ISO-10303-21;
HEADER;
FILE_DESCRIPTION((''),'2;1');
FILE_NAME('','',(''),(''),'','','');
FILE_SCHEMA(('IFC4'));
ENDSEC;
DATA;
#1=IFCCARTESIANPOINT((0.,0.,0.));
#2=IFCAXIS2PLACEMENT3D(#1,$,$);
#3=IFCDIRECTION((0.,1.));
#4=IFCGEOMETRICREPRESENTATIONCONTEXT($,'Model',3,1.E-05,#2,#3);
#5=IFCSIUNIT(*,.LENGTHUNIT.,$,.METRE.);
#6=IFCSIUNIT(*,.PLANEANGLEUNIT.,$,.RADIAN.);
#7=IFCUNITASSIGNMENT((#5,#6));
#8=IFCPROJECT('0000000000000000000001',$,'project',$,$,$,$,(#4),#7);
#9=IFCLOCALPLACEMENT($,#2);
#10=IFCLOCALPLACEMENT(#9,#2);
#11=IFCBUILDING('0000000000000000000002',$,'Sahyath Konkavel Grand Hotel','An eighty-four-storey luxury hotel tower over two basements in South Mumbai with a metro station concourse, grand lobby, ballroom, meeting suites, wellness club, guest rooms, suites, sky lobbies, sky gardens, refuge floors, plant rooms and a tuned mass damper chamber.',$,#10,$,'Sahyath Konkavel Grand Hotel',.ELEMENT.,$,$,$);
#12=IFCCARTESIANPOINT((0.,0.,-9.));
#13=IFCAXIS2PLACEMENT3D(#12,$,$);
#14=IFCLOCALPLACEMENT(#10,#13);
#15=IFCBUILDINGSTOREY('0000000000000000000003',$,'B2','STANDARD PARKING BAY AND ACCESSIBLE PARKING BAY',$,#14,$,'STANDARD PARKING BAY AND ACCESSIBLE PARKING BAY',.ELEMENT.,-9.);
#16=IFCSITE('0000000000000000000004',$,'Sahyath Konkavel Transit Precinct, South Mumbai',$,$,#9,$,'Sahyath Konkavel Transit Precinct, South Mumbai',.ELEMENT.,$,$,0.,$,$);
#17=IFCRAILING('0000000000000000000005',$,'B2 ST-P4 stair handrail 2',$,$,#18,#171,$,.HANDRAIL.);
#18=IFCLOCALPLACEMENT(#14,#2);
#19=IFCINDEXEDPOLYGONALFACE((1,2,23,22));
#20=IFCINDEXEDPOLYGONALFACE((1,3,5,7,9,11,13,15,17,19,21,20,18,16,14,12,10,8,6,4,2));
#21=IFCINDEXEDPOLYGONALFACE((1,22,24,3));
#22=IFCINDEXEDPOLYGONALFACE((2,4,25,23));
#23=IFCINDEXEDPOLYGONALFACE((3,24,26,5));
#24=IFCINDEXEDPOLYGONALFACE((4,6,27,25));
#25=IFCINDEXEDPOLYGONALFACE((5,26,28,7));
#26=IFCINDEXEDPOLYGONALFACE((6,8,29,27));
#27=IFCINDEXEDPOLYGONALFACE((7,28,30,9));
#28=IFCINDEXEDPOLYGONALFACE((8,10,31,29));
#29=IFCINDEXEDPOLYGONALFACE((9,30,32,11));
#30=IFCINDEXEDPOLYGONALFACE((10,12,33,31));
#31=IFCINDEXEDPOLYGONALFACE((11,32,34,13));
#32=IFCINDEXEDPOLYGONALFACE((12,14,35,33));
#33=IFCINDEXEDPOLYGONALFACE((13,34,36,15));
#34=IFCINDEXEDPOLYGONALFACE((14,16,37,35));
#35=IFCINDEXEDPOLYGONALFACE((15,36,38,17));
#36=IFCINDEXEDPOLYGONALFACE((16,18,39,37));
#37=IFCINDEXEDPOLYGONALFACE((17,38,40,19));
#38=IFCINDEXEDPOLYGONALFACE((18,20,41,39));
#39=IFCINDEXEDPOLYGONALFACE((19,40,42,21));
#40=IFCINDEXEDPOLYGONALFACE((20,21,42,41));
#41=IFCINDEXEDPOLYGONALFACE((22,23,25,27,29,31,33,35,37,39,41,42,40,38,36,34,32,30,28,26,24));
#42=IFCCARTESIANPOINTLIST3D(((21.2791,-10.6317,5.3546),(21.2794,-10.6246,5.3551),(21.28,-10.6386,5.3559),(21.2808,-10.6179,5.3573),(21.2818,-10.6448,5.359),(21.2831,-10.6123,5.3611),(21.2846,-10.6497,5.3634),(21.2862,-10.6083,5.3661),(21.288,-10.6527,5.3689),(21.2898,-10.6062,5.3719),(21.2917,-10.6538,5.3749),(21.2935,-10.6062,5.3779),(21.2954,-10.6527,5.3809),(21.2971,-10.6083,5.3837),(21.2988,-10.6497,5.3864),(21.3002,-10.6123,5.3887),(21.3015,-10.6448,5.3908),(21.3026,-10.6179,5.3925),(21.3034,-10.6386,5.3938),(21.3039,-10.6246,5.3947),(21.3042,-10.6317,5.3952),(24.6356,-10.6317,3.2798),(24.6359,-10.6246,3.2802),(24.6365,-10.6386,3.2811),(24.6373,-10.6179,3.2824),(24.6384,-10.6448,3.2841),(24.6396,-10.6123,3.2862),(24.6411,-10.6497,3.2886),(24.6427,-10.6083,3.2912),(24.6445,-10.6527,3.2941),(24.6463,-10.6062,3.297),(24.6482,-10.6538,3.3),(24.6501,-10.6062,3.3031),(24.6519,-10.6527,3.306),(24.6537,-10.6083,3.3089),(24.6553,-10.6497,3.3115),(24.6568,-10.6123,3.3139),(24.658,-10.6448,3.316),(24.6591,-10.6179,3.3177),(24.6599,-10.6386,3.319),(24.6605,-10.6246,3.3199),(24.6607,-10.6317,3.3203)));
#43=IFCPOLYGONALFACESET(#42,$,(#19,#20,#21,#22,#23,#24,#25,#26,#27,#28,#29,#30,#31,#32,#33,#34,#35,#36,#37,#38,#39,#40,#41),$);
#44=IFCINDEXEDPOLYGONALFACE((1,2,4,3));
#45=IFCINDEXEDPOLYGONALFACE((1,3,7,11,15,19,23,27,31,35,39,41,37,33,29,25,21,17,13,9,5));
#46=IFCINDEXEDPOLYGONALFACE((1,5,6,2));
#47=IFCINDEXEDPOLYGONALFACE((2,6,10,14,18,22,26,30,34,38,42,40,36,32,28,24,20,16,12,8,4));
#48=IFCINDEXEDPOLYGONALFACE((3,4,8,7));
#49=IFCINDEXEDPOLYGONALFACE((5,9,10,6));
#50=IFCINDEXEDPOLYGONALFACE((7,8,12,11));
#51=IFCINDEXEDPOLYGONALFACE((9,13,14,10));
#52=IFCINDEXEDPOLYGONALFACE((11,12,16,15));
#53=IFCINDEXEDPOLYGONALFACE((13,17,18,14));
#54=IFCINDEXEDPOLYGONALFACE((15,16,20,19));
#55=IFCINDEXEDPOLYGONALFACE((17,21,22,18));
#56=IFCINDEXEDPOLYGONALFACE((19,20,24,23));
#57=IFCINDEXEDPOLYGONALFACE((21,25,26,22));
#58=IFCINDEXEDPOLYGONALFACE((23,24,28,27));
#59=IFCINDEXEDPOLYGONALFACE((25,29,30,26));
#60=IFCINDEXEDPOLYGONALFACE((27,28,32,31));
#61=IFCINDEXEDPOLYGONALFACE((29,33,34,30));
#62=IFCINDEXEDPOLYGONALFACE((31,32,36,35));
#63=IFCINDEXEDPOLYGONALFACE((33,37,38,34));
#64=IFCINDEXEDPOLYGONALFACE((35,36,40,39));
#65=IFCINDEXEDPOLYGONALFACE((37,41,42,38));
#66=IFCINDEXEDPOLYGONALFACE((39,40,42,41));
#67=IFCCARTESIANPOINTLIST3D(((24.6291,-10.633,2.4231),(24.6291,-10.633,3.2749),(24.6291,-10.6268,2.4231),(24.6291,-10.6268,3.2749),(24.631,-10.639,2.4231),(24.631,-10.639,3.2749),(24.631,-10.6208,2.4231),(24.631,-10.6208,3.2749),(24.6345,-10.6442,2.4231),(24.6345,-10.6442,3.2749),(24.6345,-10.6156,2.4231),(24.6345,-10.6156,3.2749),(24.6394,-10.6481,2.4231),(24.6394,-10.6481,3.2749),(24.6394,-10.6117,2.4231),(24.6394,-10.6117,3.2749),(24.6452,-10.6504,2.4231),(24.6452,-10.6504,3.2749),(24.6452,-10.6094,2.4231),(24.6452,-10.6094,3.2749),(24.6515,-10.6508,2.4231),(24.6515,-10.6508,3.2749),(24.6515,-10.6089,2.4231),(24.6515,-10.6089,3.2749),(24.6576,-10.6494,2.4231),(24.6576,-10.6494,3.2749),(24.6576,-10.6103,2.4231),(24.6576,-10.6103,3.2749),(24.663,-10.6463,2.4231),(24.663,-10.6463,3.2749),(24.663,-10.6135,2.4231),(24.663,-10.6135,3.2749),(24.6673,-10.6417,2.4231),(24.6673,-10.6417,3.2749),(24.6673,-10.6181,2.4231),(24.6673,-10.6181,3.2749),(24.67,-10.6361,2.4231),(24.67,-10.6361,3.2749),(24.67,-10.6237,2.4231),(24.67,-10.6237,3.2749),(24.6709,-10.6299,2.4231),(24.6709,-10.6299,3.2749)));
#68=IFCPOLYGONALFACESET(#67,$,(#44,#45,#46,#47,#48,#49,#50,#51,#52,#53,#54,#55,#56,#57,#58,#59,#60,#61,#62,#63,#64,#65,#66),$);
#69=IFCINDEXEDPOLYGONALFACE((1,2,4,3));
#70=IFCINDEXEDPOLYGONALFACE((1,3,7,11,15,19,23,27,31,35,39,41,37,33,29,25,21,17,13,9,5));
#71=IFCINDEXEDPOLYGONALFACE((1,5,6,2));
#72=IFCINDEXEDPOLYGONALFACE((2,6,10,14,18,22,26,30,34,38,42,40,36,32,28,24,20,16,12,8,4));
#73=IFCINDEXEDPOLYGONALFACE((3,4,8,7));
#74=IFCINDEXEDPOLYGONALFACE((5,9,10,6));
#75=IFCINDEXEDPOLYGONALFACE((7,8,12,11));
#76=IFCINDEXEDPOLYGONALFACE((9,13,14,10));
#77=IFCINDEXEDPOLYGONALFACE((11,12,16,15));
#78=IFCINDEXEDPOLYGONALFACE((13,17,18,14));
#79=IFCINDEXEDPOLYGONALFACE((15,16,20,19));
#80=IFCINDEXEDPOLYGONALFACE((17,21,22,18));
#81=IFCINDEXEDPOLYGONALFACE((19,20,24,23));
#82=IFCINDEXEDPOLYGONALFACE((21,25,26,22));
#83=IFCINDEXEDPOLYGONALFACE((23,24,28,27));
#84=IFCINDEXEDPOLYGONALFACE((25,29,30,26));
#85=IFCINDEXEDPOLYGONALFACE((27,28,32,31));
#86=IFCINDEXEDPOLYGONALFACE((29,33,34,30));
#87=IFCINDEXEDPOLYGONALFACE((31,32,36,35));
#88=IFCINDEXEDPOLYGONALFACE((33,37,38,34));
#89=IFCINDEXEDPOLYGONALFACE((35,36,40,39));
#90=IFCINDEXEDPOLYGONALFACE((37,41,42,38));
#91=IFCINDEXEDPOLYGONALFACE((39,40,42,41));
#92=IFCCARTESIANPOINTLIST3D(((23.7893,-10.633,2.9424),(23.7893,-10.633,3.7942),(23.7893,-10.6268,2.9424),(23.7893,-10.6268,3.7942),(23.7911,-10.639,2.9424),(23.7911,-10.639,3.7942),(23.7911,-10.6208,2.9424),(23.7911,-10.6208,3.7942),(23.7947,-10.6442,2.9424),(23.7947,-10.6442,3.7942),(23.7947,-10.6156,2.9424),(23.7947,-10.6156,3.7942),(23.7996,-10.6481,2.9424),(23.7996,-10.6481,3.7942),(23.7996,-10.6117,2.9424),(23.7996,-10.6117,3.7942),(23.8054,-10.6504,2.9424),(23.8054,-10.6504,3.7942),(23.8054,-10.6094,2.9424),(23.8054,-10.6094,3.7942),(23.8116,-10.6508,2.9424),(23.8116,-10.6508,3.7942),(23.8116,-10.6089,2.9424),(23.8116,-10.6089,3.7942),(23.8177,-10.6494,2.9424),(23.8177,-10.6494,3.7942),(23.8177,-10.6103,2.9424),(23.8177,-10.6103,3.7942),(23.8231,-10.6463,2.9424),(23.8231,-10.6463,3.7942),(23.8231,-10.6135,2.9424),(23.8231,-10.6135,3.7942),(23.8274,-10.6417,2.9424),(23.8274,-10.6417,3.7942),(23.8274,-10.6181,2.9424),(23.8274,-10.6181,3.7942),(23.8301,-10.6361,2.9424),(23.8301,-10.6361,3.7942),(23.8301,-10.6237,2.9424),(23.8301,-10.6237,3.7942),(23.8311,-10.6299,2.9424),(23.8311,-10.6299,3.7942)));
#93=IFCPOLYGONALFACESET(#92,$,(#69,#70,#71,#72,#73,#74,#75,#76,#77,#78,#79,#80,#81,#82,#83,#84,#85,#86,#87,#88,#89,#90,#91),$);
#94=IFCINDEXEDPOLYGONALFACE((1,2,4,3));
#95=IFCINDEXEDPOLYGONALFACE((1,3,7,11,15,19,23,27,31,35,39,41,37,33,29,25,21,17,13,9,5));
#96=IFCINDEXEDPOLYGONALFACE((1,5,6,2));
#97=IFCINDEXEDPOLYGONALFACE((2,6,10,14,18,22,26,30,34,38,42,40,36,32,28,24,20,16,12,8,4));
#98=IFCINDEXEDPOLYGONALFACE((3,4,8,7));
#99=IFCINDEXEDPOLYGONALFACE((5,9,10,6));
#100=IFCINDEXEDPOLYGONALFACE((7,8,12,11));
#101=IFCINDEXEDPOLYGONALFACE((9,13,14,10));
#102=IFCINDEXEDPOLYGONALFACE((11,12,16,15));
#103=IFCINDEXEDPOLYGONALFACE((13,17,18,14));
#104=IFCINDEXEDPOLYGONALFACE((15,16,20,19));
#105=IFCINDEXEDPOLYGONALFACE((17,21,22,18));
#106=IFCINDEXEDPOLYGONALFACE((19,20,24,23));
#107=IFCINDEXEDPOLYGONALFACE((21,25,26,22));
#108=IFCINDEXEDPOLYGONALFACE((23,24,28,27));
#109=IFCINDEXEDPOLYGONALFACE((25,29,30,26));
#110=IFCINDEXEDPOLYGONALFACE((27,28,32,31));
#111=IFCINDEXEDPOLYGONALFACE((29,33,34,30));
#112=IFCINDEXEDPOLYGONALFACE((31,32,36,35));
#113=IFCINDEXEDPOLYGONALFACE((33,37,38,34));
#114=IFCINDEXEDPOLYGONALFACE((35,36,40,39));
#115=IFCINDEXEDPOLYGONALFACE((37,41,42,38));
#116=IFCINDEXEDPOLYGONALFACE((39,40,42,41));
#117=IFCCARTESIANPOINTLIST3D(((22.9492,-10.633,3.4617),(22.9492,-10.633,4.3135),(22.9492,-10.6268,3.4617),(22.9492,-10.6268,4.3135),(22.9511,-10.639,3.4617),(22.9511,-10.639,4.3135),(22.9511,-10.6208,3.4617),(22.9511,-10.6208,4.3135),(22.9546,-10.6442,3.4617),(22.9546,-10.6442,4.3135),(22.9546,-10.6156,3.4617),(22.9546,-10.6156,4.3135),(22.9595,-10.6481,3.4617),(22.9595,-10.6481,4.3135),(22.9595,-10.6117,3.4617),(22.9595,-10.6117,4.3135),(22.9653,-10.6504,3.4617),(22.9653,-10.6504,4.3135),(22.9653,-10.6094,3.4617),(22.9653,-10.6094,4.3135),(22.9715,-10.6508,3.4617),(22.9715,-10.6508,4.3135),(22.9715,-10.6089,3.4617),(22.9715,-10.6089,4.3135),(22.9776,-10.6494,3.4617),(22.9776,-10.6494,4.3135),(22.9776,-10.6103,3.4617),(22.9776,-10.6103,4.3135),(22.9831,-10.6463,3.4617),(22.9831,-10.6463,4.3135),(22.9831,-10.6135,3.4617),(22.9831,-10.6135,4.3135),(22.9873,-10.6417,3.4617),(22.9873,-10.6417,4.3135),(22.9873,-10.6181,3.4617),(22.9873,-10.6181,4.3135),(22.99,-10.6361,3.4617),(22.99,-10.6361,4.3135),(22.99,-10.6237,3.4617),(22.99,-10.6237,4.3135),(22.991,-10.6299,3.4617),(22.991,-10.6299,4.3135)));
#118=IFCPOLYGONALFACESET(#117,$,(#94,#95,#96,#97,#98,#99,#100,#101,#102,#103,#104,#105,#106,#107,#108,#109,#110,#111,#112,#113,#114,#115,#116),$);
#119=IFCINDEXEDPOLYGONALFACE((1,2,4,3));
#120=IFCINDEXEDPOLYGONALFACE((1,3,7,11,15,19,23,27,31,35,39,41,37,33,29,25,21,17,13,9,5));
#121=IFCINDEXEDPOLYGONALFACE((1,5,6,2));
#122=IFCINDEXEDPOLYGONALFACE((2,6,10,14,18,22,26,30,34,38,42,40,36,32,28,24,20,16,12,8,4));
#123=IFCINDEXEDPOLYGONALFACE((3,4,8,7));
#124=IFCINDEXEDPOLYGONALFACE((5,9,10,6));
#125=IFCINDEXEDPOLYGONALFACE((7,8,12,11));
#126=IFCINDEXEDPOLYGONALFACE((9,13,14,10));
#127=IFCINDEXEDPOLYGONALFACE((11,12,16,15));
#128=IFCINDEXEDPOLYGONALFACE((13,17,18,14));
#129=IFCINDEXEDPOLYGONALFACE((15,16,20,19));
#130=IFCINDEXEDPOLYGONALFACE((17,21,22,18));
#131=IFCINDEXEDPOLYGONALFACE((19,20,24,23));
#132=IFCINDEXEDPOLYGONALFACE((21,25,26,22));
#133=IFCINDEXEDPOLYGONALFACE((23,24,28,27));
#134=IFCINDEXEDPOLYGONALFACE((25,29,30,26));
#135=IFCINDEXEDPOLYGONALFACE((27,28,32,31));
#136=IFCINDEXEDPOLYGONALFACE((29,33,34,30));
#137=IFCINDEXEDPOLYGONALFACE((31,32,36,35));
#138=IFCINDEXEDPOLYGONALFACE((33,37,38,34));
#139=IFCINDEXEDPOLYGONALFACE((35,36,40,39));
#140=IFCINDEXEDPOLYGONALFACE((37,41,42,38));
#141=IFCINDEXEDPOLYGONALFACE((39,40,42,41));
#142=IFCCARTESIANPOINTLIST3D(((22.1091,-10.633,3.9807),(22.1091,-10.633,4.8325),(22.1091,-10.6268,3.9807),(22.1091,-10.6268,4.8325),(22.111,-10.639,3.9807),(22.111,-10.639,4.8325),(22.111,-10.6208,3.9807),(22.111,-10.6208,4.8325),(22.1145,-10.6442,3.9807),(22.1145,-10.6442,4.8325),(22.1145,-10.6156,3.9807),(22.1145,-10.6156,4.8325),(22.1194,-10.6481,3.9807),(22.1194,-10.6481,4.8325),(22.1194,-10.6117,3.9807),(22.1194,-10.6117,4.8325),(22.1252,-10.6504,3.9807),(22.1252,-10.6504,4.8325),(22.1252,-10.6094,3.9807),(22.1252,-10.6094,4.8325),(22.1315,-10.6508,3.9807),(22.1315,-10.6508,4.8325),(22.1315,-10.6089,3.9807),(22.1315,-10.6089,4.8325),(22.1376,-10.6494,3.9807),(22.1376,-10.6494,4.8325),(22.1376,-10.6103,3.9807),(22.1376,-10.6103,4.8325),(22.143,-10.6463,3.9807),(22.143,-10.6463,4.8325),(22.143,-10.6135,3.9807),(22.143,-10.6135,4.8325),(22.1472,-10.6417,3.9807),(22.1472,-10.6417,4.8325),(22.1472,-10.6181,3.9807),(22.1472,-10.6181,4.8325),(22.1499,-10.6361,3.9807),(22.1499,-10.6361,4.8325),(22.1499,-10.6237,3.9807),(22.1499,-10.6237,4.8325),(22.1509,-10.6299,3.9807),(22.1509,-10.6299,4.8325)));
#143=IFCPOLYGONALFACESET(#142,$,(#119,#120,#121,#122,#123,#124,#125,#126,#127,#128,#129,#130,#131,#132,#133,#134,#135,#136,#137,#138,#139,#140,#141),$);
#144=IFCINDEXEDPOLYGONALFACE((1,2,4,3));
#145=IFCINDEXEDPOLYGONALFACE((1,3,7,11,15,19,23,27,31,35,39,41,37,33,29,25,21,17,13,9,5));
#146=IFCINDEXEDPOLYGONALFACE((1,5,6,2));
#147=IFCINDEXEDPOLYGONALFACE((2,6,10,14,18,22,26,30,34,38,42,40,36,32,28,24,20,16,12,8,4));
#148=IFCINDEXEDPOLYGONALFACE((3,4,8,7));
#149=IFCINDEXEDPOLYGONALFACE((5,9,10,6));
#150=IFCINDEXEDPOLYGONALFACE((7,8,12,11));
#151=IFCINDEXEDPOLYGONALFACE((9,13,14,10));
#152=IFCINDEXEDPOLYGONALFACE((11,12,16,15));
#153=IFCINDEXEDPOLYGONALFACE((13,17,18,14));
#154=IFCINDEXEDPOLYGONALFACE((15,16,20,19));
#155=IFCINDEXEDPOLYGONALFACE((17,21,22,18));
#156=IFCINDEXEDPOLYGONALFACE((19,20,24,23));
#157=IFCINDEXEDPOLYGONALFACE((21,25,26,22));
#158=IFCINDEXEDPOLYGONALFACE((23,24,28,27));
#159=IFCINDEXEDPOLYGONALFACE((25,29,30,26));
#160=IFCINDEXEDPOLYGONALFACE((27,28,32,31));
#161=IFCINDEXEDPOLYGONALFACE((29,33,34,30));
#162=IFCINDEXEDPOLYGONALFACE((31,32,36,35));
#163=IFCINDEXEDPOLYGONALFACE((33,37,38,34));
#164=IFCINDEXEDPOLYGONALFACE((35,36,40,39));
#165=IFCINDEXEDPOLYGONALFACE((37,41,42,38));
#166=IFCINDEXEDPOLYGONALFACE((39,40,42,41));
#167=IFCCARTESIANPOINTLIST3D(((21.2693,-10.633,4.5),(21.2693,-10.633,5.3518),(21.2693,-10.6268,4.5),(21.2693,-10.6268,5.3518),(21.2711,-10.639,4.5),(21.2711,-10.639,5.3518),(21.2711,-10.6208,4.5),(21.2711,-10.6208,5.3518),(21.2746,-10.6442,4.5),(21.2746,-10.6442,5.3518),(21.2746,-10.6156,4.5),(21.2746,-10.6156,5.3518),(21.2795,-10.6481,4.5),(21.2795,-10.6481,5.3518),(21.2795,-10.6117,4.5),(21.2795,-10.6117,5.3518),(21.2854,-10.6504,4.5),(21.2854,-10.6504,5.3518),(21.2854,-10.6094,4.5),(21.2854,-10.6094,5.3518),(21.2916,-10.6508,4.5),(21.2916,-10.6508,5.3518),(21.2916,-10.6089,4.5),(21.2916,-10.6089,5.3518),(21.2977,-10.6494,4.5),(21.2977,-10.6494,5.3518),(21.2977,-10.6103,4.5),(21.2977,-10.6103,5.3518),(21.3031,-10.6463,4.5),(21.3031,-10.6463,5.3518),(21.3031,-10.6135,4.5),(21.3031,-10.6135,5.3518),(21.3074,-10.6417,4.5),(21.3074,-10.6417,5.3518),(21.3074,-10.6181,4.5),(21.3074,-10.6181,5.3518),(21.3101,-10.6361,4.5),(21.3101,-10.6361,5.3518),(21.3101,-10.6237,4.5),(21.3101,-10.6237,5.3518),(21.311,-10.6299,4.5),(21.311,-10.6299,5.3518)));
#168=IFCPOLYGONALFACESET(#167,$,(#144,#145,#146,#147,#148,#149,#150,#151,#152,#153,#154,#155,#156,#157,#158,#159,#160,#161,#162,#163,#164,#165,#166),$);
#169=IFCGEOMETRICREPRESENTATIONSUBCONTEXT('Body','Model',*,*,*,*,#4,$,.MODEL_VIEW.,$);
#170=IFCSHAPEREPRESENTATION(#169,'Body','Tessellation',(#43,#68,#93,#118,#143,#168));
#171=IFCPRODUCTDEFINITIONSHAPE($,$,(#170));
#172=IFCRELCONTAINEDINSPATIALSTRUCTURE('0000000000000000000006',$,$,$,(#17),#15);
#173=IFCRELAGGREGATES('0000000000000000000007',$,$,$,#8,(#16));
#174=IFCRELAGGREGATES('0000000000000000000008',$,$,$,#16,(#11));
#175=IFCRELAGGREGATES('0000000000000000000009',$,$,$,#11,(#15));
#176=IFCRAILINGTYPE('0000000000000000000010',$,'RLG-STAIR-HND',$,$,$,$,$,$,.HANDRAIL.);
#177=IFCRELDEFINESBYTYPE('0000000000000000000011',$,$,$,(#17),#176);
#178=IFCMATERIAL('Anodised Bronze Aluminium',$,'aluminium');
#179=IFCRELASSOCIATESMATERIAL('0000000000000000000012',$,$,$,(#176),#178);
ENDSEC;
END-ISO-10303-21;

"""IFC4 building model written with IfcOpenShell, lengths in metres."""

from ifc_helpers import new_model, si_unit, direction, frame, origin, origin_2d, place, context, subcontext, project, spatial, circle, extrude, material, type_object, element, save


model = new_model("IFC4")

# Units and contexts
model_context = context("Model", 3, precision=1e-05, world=origin(), true_north=direction((0.0, 1.0)))
body_context = subcontext(model_context, "Body", "Model", "MODEL_VIEW")
ifc_project = project(units=[si_unit("LENGTHUNIT", "METRE"), si_unit("PLANEANGLEUNIT", "RADIAN")], contexts=[model_context])

# Site, building, storey
site_placement = place(None, origin())
site = spatial("IfcSite", under=ifc_project, at=site_placement, Name="Sahyath Konkavel Transit Precinct, South Mumbai", LongName="Sahyath Konkavel Transit Precinct, South Mumbai", CompositionType="ELEMENT", RefElevation=0.0)
building_placement = place(site_placement, origin())
building = spatial("IfcBuilding", under=site, at=building_placement, Name="Sahyath Konkavel Grand Hotel", Description="An eighty-four-storey luxury hotel tower over two basements in South Mumbai with a metro station concourse, grand lobby, ballroom, meeting suites, wellness club, guest rooms, suites, sky lobbies, sky gardens, refuge floors, plant rooms and a tuned mass damper chamber.", LongName="Sahyath Konkavel Grand Hotel", CompositionType="ELEMENT")
storey_placement = place(building_placement, frame((0.0, 0.0, -9.0)))
storey = spatial("IfcBuildingStorey", under=building, at=storey_placement, Name="B2", Description="STANDARD PARKING BAY AND ACCESSIBLE PARKING BAY", LongName="STANDARD PARKING BAY AND ACCESSIBLE PARKING BAY", CompositionType="ELEMENT", Elevation=-9.0)

# Railing
ifc_material_1 = material(Name="Anodised Bronze Aluminium", Category="aluminium")
railing_type_1 = type_object("IfcRailingType", Name="RLG-STAIR-HND", PredefinedType="HANDRAIL", material=ifc_material_1)
railing_1_placement = place(storey_placement, frame((24.6499, -10.6299, 2.4231)))
element("IfcRailing", 1, at=railing_1_placement, inside=storey, type_object=railing_type_1, Name="B2 ST-P4 stair handrail 2", PredefinedType="HANDRAIL", context=body_context, shape_type="SweptSolid", body=[
    extrude(circle(Radius=0.0239, at=origin_2d()), frame((-0.0017, 0.0, 0.877), z_axis=(-0.850606, 0.0, 0.525803), x_axis=(0.0, -1.0, 0.0)), (0.0, 0.0, 1.0), 3.946),
    extrude(circle(Radius=0.021, at=origin_2d()), origin(), (0.0, 0.0, 1.0), 0.8518),
    extrude(circle(Radius=0.021, at=origin_2d()), frame((-0.8398, 0.0, 0.5193)), (0.0, 0.0, 1.0), 0.8518),
    extrude(circle(Radius=0.021, at=origin_2d()), frame((-1.6799, 0.0, 1.0386)), (0.0, 0.0, 1.0), 0.8518),
    extrude(circle(Radius=0.021, at=origin_2d()), frame((-2.52, 0.0, 1.5576)), (0.0, 0.0, 1.0), 0.8518),
    extrude(circle(Radius=0.021, at=origin_2d()), frame((-3.3599, 0.0, 2.0769)), (0.0, 0.0, 1.0), 0.8518),
])

save(model, "model.ifc")
